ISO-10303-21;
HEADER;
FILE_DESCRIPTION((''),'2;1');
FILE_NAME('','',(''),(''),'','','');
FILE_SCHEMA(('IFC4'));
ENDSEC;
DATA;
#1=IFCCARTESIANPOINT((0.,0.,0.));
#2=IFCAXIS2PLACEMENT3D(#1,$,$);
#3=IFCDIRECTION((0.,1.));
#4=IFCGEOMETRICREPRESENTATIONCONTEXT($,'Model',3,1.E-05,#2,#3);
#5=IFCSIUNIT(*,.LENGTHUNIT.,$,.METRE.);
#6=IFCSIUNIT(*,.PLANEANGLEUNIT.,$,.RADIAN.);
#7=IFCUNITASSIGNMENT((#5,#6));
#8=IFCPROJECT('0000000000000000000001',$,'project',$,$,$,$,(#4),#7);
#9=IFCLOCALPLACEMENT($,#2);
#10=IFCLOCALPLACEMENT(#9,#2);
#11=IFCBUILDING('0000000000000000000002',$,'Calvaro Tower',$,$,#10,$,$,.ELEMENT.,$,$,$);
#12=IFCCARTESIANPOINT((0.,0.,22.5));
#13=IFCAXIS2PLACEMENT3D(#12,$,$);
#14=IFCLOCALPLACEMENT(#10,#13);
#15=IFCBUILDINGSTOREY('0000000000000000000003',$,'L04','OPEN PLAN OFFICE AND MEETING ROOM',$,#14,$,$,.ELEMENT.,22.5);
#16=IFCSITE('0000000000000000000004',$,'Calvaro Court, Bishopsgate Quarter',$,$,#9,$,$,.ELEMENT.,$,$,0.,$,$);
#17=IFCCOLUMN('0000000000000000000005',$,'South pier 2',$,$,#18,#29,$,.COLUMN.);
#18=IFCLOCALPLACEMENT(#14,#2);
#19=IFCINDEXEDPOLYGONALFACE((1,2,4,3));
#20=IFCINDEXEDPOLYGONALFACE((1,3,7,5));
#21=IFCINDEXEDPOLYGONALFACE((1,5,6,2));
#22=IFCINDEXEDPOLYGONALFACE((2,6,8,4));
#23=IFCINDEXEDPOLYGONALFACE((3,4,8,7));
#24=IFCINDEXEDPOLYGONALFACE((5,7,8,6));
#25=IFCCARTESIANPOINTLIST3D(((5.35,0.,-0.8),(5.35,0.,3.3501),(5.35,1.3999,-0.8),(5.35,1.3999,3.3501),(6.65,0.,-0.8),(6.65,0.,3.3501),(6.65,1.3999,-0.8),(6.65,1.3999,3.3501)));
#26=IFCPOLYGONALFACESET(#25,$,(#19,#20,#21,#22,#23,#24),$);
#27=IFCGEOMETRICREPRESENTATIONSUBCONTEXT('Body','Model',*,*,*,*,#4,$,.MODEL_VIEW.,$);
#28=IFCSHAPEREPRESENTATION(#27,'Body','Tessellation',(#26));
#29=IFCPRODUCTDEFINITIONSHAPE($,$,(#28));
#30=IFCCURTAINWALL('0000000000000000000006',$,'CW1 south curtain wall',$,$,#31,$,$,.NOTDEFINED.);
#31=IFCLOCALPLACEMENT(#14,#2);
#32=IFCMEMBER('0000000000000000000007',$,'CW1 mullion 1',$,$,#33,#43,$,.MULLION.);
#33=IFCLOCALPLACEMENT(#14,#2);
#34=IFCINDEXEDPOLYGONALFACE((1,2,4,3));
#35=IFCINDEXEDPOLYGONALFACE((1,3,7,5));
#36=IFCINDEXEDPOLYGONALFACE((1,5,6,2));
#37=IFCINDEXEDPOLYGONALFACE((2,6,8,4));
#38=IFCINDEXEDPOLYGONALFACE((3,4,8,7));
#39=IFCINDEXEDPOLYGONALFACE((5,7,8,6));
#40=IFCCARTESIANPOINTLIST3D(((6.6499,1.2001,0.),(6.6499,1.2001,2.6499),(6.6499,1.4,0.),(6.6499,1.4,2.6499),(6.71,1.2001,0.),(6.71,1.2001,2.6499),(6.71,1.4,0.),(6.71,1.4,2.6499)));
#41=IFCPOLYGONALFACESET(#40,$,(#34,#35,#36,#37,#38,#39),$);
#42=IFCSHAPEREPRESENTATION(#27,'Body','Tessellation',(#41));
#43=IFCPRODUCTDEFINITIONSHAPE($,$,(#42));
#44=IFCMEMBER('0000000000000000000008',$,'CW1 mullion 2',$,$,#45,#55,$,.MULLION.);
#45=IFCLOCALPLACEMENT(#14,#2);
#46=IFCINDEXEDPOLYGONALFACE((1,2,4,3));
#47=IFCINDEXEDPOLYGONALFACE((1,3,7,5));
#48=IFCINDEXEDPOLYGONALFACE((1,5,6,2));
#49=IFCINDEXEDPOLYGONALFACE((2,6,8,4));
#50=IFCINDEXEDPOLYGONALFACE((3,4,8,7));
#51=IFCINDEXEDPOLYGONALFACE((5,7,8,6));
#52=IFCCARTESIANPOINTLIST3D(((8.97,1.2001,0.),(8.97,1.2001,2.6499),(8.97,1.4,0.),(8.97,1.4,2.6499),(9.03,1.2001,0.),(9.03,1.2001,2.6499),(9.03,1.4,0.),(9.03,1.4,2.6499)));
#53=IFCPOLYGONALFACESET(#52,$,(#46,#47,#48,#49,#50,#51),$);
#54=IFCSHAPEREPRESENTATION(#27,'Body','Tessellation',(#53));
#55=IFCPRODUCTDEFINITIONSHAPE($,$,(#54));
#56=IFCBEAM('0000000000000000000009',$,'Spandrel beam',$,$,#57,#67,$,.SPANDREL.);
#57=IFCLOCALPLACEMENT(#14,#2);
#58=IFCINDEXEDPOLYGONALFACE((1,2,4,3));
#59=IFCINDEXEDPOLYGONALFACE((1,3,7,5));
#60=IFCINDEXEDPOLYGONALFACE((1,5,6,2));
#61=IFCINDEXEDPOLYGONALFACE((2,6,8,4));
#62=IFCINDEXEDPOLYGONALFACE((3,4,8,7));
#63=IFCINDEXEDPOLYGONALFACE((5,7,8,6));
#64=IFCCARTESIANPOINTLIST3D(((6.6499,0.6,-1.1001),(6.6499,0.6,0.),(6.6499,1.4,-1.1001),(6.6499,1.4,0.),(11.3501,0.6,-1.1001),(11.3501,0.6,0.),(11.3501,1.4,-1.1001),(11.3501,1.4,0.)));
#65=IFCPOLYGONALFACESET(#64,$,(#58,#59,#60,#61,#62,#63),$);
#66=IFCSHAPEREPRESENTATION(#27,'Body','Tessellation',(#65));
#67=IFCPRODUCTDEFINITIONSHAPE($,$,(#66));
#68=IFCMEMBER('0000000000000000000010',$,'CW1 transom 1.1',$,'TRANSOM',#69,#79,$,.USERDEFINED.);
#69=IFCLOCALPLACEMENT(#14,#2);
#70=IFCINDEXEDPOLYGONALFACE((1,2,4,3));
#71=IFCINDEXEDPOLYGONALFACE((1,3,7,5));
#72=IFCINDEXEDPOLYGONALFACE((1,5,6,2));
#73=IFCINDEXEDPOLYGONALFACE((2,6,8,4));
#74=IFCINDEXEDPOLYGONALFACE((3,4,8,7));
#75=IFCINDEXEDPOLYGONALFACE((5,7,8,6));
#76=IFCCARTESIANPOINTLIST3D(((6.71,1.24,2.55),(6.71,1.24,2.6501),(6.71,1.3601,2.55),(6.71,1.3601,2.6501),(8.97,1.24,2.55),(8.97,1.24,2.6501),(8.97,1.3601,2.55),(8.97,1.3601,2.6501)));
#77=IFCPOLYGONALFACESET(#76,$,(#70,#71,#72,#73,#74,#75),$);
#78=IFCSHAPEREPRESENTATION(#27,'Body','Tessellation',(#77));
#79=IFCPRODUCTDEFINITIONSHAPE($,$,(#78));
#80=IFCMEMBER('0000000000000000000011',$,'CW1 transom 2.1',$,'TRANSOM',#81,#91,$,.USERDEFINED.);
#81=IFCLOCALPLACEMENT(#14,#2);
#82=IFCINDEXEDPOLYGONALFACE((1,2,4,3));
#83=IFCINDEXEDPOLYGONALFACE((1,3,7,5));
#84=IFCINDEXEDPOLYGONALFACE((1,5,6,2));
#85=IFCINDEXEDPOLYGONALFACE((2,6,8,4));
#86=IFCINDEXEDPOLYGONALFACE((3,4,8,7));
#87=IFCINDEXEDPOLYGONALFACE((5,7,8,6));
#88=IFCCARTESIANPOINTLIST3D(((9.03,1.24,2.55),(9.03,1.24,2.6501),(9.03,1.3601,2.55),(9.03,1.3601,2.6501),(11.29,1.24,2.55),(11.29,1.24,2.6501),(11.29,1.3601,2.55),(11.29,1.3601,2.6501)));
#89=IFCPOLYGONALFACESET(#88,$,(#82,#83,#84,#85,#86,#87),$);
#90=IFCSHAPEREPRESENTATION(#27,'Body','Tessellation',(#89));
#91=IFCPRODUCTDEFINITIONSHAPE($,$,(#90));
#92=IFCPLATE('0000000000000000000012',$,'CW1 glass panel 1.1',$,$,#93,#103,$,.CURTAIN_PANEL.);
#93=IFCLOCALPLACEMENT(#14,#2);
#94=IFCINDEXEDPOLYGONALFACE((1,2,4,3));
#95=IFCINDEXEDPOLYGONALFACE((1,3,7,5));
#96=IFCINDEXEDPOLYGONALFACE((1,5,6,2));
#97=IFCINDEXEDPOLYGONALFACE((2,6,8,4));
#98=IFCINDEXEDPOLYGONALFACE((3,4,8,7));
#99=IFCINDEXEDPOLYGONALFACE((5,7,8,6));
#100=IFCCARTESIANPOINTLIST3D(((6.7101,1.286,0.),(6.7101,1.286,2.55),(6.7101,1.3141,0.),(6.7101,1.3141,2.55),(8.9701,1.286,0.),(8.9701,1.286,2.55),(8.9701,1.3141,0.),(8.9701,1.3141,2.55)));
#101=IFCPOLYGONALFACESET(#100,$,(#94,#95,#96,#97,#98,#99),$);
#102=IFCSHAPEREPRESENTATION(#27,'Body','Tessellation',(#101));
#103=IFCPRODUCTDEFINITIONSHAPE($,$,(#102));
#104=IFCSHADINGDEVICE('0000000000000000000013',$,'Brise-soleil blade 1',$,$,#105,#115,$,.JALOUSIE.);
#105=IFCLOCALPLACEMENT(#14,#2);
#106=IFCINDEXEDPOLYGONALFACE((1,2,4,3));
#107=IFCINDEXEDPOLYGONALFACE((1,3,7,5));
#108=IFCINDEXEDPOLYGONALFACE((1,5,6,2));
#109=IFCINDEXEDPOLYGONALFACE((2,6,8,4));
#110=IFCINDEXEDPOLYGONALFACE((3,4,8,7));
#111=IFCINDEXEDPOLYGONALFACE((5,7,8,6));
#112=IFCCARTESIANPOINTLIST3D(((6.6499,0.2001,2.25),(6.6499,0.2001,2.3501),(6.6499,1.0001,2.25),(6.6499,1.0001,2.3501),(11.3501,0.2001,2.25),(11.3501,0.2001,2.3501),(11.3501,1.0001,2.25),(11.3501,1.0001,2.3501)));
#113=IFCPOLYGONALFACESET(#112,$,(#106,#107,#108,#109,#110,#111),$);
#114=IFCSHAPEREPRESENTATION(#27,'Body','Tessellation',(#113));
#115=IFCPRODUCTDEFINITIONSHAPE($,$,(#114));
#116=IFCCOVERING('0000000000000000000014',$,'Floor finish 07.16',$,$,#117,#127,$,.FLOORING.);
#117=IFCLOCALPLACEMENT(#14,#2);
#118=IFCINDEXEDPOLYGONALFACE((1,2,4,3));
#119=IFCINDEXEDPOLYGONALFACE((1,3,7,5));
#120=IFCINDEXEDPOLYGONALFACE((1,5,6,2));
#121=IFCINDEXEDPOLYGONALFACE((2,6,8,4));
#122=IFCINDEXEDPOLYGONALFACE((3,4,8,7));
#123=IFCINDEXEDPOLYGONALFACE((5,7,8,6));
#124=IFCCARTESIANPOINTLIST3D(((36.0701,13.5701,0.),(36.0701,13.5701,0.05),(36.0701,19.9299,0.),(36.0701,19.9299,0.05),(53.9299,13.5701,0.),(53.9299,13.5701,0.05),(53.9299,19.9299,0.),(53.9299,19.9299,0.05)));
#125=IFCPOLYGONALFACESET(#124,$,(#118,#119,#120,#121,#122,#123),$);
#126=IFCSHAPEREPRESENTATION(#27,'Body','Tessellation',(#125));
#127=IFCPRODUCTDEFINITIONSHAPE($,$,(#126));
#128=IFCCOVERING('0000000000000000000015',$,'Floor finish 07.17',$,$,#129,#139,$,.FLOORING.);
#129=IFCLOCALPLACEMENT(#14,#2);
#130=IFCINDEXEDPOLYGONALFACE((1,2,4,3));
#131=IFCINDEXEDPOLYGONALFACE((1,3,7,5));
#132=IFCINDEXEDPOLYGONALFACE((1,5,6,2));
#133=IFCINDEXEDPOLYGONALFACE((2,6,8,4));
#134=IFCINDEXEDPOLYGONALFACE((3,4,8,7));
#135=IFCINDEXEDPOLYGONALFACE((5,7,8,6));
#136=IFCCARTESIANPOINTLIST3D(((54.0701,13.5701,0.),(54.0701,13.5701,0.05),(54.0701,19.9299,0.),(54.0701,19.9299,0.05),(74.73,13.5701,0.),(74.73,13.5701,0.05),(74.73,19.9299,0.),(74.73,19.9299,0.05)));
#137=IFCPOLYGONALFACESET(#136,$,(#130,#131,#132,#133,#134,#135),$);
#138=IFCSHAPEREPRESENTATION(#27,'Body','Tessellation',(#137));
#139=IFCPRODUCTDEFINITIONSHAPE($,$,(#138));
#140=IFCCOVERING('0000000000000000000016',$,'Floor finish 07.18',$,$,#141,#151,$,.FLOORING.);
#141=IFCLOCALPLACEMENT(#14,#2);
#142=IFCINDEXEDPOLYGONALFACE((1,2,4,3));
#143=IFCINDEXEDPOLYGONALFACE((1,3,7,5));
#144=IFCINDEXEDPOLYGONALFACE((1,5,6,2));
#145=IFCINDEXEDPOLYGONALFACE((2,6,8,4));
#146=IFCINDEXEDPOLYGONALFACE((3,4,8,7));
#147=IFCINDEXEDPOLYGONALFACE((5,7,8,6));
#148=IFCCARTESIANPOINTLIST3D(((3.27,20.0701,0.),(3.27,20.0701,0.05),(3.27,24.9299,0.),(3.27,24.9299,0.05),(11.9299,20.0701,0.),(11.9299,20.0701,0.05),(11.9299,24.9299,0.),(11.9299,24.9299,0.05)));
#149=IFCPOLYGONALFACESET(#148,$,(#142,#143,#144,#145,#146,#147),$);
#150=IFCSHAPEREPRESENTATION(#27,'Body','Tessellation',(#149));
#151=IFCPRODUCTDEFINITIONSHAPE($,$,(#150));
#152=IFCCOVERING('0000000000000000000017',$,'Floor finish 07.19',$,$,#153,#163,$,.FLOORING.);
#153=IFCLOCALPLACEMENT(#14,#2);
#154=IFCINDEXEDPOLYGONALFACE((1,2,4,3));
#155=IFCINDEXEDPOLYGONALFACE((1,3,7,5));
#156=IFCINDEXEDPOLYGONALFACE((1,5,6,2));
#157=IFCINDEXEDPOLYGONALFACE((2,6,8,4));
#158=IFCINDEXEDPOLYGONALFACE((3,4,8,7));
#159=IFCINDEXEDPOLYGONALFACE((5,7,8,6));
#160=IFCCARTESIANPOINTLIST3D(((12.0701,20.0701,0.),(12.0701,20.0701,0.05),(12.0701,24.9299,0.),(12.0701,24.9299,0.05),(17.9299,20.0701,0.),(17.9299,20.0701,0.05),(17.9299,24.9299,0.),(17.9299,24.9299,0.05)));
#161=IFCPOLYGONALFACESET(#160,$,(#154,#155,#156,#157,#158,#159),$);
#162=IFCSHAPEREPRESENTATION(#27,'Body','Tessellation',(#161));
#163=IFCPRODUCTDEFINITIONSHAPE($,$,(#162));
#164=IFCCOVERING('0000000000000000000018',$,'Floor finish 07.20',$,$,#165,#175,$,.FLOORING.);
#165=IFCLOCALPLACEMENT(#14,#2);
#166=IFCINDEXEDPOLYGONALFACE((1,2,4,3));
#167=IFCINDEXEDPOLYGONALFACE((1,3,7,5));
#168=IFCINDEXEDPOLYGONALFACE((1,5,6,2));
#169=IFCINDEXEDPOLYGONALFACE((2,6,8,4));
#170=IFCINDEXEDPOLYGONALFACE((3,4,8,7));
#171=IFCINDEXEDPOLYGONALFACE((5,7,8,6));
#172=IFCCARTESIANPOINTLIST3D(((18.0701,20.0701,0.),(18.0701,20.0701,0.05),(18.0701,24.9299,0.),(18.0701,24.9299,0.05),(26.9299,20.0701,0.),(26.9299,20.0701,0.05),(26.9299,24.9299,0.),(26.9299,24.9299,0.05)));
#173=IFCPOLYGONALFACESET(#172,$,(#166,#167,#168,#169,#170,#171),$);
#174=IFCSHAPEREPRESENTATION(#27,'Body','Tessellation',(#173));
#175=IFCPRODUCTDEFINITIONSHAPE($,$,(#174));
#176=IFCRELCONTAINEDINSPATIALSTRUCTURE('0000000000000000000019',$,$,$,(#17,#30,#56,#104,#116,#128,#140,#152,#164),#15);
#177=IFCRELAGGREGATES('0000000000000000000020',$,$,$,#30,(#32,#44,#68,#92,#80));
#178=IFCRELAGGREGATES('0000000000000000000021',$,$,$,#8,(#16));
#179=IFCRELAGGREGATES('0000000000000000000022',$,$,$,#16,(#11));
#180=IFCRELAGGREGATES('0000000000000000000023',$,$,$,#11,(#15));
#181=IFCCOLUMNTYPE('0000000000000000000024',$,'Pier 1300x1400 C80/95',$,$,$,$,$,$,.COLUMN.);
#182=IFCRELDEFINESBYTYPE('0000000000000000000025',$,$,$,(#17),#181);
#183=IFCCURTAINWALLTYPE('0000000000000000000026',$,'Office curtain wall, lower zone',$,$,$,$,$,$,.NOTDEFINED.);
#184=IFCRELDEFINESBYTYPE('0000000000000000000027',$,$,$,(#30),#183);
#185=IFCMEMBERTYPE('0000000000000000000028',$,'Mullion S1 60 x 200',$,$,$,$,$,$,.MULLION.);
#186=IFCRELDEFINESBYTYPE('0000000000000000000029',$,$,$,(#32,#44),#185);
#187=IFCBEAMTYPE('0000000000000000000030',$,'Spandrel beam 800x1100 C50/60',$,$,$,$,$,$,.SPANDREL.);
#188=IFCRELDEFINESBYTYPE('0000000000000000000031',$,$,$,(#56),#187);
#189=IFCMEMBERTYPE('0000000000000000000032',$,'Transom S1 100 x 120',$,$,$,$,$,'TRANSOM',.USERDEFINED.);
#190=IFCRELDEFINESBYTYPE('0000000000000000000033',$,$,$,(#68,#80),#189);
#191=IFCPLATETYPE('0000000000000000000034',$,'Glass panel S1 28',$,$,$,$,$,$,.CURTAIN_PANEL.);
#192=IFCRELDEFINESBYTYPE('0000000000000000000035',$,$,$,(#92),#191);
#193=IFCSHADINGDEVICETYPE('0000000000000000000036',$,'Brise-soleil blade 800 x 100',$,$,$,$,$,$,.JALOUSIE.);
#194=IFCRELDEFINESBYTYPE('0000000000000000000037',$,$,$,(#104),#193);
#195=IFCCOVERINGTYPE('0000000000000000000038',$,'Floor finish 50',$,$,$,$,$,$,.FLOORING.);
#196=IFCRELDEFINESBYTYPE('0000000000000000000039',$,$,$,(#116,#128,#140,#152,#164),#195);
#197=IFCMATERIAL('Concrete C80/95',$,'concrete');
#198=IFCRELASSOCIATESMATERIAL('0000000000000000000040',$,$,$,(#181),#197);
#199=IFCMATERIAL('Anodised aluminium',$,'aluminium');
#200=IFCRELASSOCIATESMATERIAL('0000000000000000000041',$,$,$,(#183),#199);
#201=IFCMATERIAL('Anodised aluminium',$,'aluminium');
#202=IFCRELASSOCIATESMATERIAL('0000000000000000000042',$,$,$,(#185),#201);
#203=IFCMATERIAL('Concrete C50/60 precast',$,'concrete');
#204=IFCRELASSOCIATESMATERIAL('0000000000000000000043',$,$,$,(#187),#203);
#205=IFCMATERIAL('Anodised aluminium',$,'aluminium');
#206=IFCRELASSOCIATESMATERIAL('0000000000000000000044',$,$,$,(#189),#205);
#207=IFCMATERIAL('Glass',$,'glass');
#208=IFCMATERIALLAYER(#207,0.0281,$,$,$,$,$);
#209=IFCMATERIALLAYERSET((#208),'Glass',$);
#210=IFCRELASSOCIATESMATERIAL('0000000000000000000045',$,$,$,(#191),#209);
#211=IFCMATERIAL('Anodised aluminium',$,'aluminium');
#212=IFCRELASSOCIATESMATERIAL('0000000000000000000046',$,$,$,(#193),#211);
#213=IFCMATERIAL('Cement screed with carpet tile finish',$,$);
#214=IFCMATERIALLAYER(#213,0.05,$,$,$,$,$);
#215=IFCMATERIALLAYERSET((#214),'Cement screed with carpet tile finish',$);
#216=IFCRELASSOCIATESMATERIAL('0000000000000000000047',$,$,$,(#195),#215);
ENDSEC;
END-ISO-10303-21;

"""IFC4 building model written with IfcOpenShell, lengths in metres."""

from ifc_helpers import new_model, si_unit, direction, frame, origin, origin_2d, place, context, subcontext, project, spatial, polyline, rectangle, outline, extrude, material, layer, layer_set, material_profile, profile_set, type_object, element, aggregate, save


model = new_model("IFC4")

# Units and contexts
model_context = context("Model", 3, precision=1e-05, world=origin(), true_north=direction((0.0, 1.0)))
body_context = subcontext(model_context, "Body", "Model", "MODEL_VIEW")
ifc_project = project(units=[si_unit("LENGTHUNIT", "METRE"), si_unit("PLANEANGLEUNIT", "RADIAN")], contexts=[model_context])

# Site, building, storey
site_placement = place(None, origin())
site = spatial("IfcSite", under=ifc_project, at=site_placement, Name="Calvaro Court, Bishopsgate Quarter", CompositionType="ELEMENT", RefElevation=0.0)
building_placement = place(site_placement, origin())
building = spatial("IfcBuilding", under=site, at=building_placement, Name="Calvaro Tower", CompositionType="ELEMENT")
storey_placement = place(building_placement, frame((0.0, 0.0, 22.5)))
storey = spatial("IfcBuildingStorey", under=building, at=storey_placement, Name="L04", Description="OPEN PLAN OFFICE AND MEETING ROOM", CompositionType="ELEMENT", Elevation=22.5)

# Column
ifc_material_1 = material(Name="Concrete C80/95", Category="concrete")
ifc_material_profile_1 = material_profile(ifc_material_1, rectangle(XDim=1.3, YDim=1.3999, at=origin_2d()), Name="RC 1300x1400")
ifc_profile_set_1 = profile_set([ifc_material_profile_1], Name="Concrete C80/95")
column_type = type_object("IfcColumnType", Name="Pier 1300x1400 C80/95", PredefinedType="COLUMN", material=ifc_profile_set_1)
column_placement = place(storey_placement, frame((6.0, 0.7, -0.8), z_axis=(0.0, 0.0, 1.0), x_axis=(1.0, 0.0, 0.0)))
element("IfcColumn", 1, at=column_placement, inside=storey, type_object=column_type, Name="South pier 2", PredefinedType="COLUMN", context=body_context, shape_type="SweptSolid", body=[
    extrude(rectangle(XDim=1.3, YDim=1.3999, at=origin_2d()), origin(), (0.0, 0.0, 1.0), 4.1501),
])

# Curtain wall, members
ifc_material_2 = material(Name="Anodised aluminium", Category="aluminium")
curtain_wall_type = type_object("IfcCurtainWallType", Name="Office curtain wall, lower zone", PredefinedType="NOTDEFINED", material=ifc_material_2)
curtain_wall_placement = place(storey_placement, origin())
curtain_wall = element("IfcCurtainWall", 2, at=curtain_wall_placement, inside=storey, type_object=curtain_wall_type, Name="CW1 south curtain wall", PredefinedType="NOTDEFINED")
ifc_material_3 = material(Name="Anodised aluminium", Category="aluminium")
ifc_material_profile_2 = material_profile(ifc_material_3, rectangle(XDim=0.2, YDim=0.0601, at=origin_2d()), Name="Mullion S1 60 x 200")
ifc_profile_set_2 = profile_set([ifc_material_profile_2], Name="Anodised aluminium")
member_type_1 = type_object("IfcMemberType", Name="Mullion S1 60 x 200", PredefinedType="MULLION", material=ifc_profile_set_2)
member_1_placement = place(storey_placement, frame((6.6799, 1.3, 0.0), z_axis=(0.0, 0.0, 1.0), x_axis=(0.0, 1.0, 0.0)))
member_1 = element("IfcMember", 3, at=member_1_placement, type_object=member_type_1, Name="CW1 mullion 1", PredefinedType="MULLION", context=body_context, shape_type="SweptSolid", body=[
    extrude(rectangle(XDim=0.2, YDim=0.0601, at=origin_2d()), origin(), (0.0, 0.0, 1.0), 2.6499),
])
member_2_placement = place(storey_placement, frame((9.0, 1.3, 0.0), z_axis=(0.0, 0.0, 1.0), x_axis=(0.0, 1.0, 0.0)))
member_2 = element("IfcMember", 4, at=member_2_placement, type_object=member_type_1, Name="CW1 mullion 2", PredefinedType="MULLION", context=body_context, shape_type="SweptSolid", body=[
    extrude(rectangle(XDim=0.2, YDim=0.0601, at=origin_2d()), origin(), (0.0, 0.0, 1.0), 2.6499),
])

# Beam
ifc_material_4 = material(Name="Concrete C50/60 precast", Category="concrete")
ifc_material_profile_3 = material_profile(ifc_material_4, rectangle(XDim=0.8, YDim=1.1001, at=origin_2d()), Name="RC 800x1100")
ifc_profile_set_3 = profile_set([ifc_material_profile_3], Name="Concrete C50/60 precast")
beam_type = type_object("IfcBeamType", Name="Spandrel beam 800x1100 C50/60", PredefinedType="SPANDREL", material=ifc_profile_set_3)
beam_placement = place(storey_placement, frame((6.6499, 1.0, -0.55), z_axis=(1.0, 0.0, 0.0), x_axis=(0.0, 1.0, 0.0)))
element("IfcBeam", 5, at=beam_placement, inside=storey, type_object=beam_type, Name="Spandrel beam", PredefinedType="SPANDREL", context=body_context, shape_type="SweptSolid", body=[
    extrude(rectangle(XDim=0.8, YDim=1.1001, at=origin_2d()), origin(), (0.0, 0.0, 1.0), 4.7002),
])

# Members
ifc_material_5 = material(Name="Anodised aluminium", Category="aluminium")
ifc_material_profile_4 = material_profile(ifc_material_5, rectangle(XDim=0.1201, YDim=0.1001, at=origin_2d()), Name="Transom S1 100 x 120")
ifc_profile_set_4 = profile_set([ifc_material_profile_4], Name="Anodised aluminium")
member_type_2 = type_object("IfcMemberType", Name="Transom S1 100 x 120", ElementType="TRANSOM", PredefinedType="USERDEFINED", material=ifc_profile_set_4)
member_3_placement = place(storey_placement, frame((6.71, 1.3, 2.6001), z_axis=(1.0, 0.0, 0.0), x_axis=(0.0, 1.0, 0.0)))
member_3 = element("IfcMember", 6, at=member_3_placement, type_object=member_type_2, Name="CW1 transom 1.1", ObjectType="TRANSOM", PredefinedType="USERDEFINED", context=body_context, shape_type="SweptSolid", body=[
    extrude(rectangle(XDim=0.1201, YDim=0.1001, at=origin_2d()), origin(), (0.0, 0.0, 1.0), 2.26),
])
member_4_placement = place(storey_placement, frame((9.03, 1.3, 2.6001), z_axis=(1.0, 0.0, 0.0), x_axis=(0.0, 1.0, 0.0)))
member_4 = element("IfcMember", 7, at=member_4_placement, type_object=member_type_2, Name="CW1 transom 2.1", ObjectType="TRANSOM", PredefinedType="USERDEFINED", context=body_context, shape_type="SweptSolid", body=[
    extrude(rectangle(XDim=0.1201, YDim=0.1001, at=origin_2d()), origin(), (0.0, 0.0, 1.0), 2.26),
])

# Plate
ifc_material_6 = material(Name="Glass", Category="glass")
ifc_layer_1 = layer(ifc_material_6, 0.0281)
ifc_layer_set_1 = layer_set([ifc_layer_1], Name="Glass")
plate_type = type_object("IfcPlateType", Name="Glass panel S1 28", PredefinedType="CURTAIN_PANEL", material=ifc_layer_set_1)
plate_placement = place(storey_placement, frame((7.8401, 1.3, 0.0), z_axis=(0.0, 0.0, 1.0), x_axis=(1.0, 0.0, 0.0)))
plate = element("IfcPlate", 8, at=plate_placement, type_object=plate_type, Name="CW1 glass panel 1.1", PredefinedType="CURTAIN_PANEL", context=body_context, shape_type="SweptSolid", body=[
    extrude(rectangle(XDim=2.26, YDim=0.0281, at=origin_2d()), origin(), (0.0, 0.0, 1.0), 2.55),
])
aggregate(curtain_wall, [member_1, member_2, member_3, plate, member_4])

# Shading device
ifc_material_7 = material(Name="Anodised aluminium", Category="aluminium")
ifc_material_profile_5 = material_profile(ifc_material_7, rectangle(XDim=0.8, YDim=0.1001, at=origin_2d()), Name="Brise-soleil blade 800 x 100")
ifc_profile_set_5 = profile_set([ifc_material_profile_5], Name="Anodised aluminium")
shading_device_type = type_object("IfcShadingDeviceType", Name="Brise-soleil blade 800 x 100", PredefinedType="JALOUSIE", material=ifc_profile_set_5)
shading_device_placement = place(storey_placement, frame((6.6499, 0.6001, 2.3), z_axis=(1.0, 0.0, 0.0), x_axis=(0.0, 1.0, 0.0)))
element("IfcShadingDevice", 9, at=shading_device_placement, inside=storey, type_object=shading_device_type, Name="Brise-soleil blade 1", PredefinedType="JALOUSIE", context=body_context, shape_type="SweptSolid", body=[
    extrude(rectangle(XDim=0.8, YDim=0.1001, at=origin_2d()), origin(), (0.0, 0.0, 1.0), 4.7002),
])

# Coverings
ifc_material_8 = material(Name="Cement screed with carpet tile finish")
ifc_layer_2 = layer(ifc_material_8, 0.05)
ifc_layer_set_2 = layer_set([ifc_layer_2], Name="Cement screed with carpet tile finish")
covering_type = type_object("IfcCoveringType", Name="Floor finish 50", PredefinedType="FLOORING", material=ifc_layer_set_2)
covering_1_placement = place(storey_placement, origin())
element("IfcCovering", 10, at=covering_1_placement, inside=storey, type_object=covering_type, Name="Floor finish 07.16", PredefinedType="FLOORING", context=body_context, shape_type="SweptSolid", body=[
    extrude(outline(polyline([(36.0701, 13.5701), (36.0701, 19.9299), (53.9299, 19.9299), (53.9299, 13.5701), (36.0701, 13.5701)])), origin(), (0.0, 0.0, 1.0), 0.05),
])
covering_2_placement = place(storey_placement, origin())
element("IfcCovering", 11, at=covering_2_placement, inside=storey, type_object=covering_type, Name="Floor finish 07.17", PredefinedType="FLOORING", context=body_context, shape_type="SweptSolid", body=[
    extrude(outline(polyline([(54.0701, 13.5701), (54.0701, 19.9299), (74.73, 19.9299), (74.73, 13.5701), (54.0701, 13.5701)])), origin(), (0.0, 0.0, 1.0), 0.05),
])
covering_3_placement = place(storey_placement, origin())
element("IfcCovering", 12, at=covering_3_placement, inside=storey, type_object=covering_type, Name="Floor finish 07.18", PredefinedType="FLOORING", context=body_context, shape_type="SweptSolid", body=[
    extrude(outline(polyline([(3.27, 20.0701), (3.27, 24.9299), (11.9299, 24.9299), (11.9299, 20.0701), (3.27, 20.0701)])), origin(), (0.0, 0.0, 1.0), 0.05),
])
covering_4_placement = place(storey_placement, origin())
element("IfcCovering", 13, at=covering_4_placement, inside=storey, type_object=covering_type, Name="Floor finish 07.19", PredefinedType="FLOORING", context=body_context, shape_type="SweptSolid", body=[
    extrude(outline(polyline([(12.0701, 20.0701), (12.0701, 24.9299), (17.9299, 24.9299), (17.9299, 20.0701), (12.0701, 20.0701)])), origin(), (0.0, 0.0, 1.0), 0.05),
])
covering_5_placement = place(storey_placement, origin())
element("IfcCovering", 14, at=covering_5_placement, inside=storey, type_object=covering_type, Name="Floor finish 07.20", PredefinedType="FLOORING", context=body_context, shape_type="SweptSolid", body=[
    extrude(outline(polyline([(18.0701, 20.0701), (18.0701, 24.9299), (26.9299, 24.9299), (26.9299, 20.0701), (18.0701, 20.0701)])), origin(), (0.0, 0.0, 1.0), 0.05),
])

save(model, "model.ifc")
